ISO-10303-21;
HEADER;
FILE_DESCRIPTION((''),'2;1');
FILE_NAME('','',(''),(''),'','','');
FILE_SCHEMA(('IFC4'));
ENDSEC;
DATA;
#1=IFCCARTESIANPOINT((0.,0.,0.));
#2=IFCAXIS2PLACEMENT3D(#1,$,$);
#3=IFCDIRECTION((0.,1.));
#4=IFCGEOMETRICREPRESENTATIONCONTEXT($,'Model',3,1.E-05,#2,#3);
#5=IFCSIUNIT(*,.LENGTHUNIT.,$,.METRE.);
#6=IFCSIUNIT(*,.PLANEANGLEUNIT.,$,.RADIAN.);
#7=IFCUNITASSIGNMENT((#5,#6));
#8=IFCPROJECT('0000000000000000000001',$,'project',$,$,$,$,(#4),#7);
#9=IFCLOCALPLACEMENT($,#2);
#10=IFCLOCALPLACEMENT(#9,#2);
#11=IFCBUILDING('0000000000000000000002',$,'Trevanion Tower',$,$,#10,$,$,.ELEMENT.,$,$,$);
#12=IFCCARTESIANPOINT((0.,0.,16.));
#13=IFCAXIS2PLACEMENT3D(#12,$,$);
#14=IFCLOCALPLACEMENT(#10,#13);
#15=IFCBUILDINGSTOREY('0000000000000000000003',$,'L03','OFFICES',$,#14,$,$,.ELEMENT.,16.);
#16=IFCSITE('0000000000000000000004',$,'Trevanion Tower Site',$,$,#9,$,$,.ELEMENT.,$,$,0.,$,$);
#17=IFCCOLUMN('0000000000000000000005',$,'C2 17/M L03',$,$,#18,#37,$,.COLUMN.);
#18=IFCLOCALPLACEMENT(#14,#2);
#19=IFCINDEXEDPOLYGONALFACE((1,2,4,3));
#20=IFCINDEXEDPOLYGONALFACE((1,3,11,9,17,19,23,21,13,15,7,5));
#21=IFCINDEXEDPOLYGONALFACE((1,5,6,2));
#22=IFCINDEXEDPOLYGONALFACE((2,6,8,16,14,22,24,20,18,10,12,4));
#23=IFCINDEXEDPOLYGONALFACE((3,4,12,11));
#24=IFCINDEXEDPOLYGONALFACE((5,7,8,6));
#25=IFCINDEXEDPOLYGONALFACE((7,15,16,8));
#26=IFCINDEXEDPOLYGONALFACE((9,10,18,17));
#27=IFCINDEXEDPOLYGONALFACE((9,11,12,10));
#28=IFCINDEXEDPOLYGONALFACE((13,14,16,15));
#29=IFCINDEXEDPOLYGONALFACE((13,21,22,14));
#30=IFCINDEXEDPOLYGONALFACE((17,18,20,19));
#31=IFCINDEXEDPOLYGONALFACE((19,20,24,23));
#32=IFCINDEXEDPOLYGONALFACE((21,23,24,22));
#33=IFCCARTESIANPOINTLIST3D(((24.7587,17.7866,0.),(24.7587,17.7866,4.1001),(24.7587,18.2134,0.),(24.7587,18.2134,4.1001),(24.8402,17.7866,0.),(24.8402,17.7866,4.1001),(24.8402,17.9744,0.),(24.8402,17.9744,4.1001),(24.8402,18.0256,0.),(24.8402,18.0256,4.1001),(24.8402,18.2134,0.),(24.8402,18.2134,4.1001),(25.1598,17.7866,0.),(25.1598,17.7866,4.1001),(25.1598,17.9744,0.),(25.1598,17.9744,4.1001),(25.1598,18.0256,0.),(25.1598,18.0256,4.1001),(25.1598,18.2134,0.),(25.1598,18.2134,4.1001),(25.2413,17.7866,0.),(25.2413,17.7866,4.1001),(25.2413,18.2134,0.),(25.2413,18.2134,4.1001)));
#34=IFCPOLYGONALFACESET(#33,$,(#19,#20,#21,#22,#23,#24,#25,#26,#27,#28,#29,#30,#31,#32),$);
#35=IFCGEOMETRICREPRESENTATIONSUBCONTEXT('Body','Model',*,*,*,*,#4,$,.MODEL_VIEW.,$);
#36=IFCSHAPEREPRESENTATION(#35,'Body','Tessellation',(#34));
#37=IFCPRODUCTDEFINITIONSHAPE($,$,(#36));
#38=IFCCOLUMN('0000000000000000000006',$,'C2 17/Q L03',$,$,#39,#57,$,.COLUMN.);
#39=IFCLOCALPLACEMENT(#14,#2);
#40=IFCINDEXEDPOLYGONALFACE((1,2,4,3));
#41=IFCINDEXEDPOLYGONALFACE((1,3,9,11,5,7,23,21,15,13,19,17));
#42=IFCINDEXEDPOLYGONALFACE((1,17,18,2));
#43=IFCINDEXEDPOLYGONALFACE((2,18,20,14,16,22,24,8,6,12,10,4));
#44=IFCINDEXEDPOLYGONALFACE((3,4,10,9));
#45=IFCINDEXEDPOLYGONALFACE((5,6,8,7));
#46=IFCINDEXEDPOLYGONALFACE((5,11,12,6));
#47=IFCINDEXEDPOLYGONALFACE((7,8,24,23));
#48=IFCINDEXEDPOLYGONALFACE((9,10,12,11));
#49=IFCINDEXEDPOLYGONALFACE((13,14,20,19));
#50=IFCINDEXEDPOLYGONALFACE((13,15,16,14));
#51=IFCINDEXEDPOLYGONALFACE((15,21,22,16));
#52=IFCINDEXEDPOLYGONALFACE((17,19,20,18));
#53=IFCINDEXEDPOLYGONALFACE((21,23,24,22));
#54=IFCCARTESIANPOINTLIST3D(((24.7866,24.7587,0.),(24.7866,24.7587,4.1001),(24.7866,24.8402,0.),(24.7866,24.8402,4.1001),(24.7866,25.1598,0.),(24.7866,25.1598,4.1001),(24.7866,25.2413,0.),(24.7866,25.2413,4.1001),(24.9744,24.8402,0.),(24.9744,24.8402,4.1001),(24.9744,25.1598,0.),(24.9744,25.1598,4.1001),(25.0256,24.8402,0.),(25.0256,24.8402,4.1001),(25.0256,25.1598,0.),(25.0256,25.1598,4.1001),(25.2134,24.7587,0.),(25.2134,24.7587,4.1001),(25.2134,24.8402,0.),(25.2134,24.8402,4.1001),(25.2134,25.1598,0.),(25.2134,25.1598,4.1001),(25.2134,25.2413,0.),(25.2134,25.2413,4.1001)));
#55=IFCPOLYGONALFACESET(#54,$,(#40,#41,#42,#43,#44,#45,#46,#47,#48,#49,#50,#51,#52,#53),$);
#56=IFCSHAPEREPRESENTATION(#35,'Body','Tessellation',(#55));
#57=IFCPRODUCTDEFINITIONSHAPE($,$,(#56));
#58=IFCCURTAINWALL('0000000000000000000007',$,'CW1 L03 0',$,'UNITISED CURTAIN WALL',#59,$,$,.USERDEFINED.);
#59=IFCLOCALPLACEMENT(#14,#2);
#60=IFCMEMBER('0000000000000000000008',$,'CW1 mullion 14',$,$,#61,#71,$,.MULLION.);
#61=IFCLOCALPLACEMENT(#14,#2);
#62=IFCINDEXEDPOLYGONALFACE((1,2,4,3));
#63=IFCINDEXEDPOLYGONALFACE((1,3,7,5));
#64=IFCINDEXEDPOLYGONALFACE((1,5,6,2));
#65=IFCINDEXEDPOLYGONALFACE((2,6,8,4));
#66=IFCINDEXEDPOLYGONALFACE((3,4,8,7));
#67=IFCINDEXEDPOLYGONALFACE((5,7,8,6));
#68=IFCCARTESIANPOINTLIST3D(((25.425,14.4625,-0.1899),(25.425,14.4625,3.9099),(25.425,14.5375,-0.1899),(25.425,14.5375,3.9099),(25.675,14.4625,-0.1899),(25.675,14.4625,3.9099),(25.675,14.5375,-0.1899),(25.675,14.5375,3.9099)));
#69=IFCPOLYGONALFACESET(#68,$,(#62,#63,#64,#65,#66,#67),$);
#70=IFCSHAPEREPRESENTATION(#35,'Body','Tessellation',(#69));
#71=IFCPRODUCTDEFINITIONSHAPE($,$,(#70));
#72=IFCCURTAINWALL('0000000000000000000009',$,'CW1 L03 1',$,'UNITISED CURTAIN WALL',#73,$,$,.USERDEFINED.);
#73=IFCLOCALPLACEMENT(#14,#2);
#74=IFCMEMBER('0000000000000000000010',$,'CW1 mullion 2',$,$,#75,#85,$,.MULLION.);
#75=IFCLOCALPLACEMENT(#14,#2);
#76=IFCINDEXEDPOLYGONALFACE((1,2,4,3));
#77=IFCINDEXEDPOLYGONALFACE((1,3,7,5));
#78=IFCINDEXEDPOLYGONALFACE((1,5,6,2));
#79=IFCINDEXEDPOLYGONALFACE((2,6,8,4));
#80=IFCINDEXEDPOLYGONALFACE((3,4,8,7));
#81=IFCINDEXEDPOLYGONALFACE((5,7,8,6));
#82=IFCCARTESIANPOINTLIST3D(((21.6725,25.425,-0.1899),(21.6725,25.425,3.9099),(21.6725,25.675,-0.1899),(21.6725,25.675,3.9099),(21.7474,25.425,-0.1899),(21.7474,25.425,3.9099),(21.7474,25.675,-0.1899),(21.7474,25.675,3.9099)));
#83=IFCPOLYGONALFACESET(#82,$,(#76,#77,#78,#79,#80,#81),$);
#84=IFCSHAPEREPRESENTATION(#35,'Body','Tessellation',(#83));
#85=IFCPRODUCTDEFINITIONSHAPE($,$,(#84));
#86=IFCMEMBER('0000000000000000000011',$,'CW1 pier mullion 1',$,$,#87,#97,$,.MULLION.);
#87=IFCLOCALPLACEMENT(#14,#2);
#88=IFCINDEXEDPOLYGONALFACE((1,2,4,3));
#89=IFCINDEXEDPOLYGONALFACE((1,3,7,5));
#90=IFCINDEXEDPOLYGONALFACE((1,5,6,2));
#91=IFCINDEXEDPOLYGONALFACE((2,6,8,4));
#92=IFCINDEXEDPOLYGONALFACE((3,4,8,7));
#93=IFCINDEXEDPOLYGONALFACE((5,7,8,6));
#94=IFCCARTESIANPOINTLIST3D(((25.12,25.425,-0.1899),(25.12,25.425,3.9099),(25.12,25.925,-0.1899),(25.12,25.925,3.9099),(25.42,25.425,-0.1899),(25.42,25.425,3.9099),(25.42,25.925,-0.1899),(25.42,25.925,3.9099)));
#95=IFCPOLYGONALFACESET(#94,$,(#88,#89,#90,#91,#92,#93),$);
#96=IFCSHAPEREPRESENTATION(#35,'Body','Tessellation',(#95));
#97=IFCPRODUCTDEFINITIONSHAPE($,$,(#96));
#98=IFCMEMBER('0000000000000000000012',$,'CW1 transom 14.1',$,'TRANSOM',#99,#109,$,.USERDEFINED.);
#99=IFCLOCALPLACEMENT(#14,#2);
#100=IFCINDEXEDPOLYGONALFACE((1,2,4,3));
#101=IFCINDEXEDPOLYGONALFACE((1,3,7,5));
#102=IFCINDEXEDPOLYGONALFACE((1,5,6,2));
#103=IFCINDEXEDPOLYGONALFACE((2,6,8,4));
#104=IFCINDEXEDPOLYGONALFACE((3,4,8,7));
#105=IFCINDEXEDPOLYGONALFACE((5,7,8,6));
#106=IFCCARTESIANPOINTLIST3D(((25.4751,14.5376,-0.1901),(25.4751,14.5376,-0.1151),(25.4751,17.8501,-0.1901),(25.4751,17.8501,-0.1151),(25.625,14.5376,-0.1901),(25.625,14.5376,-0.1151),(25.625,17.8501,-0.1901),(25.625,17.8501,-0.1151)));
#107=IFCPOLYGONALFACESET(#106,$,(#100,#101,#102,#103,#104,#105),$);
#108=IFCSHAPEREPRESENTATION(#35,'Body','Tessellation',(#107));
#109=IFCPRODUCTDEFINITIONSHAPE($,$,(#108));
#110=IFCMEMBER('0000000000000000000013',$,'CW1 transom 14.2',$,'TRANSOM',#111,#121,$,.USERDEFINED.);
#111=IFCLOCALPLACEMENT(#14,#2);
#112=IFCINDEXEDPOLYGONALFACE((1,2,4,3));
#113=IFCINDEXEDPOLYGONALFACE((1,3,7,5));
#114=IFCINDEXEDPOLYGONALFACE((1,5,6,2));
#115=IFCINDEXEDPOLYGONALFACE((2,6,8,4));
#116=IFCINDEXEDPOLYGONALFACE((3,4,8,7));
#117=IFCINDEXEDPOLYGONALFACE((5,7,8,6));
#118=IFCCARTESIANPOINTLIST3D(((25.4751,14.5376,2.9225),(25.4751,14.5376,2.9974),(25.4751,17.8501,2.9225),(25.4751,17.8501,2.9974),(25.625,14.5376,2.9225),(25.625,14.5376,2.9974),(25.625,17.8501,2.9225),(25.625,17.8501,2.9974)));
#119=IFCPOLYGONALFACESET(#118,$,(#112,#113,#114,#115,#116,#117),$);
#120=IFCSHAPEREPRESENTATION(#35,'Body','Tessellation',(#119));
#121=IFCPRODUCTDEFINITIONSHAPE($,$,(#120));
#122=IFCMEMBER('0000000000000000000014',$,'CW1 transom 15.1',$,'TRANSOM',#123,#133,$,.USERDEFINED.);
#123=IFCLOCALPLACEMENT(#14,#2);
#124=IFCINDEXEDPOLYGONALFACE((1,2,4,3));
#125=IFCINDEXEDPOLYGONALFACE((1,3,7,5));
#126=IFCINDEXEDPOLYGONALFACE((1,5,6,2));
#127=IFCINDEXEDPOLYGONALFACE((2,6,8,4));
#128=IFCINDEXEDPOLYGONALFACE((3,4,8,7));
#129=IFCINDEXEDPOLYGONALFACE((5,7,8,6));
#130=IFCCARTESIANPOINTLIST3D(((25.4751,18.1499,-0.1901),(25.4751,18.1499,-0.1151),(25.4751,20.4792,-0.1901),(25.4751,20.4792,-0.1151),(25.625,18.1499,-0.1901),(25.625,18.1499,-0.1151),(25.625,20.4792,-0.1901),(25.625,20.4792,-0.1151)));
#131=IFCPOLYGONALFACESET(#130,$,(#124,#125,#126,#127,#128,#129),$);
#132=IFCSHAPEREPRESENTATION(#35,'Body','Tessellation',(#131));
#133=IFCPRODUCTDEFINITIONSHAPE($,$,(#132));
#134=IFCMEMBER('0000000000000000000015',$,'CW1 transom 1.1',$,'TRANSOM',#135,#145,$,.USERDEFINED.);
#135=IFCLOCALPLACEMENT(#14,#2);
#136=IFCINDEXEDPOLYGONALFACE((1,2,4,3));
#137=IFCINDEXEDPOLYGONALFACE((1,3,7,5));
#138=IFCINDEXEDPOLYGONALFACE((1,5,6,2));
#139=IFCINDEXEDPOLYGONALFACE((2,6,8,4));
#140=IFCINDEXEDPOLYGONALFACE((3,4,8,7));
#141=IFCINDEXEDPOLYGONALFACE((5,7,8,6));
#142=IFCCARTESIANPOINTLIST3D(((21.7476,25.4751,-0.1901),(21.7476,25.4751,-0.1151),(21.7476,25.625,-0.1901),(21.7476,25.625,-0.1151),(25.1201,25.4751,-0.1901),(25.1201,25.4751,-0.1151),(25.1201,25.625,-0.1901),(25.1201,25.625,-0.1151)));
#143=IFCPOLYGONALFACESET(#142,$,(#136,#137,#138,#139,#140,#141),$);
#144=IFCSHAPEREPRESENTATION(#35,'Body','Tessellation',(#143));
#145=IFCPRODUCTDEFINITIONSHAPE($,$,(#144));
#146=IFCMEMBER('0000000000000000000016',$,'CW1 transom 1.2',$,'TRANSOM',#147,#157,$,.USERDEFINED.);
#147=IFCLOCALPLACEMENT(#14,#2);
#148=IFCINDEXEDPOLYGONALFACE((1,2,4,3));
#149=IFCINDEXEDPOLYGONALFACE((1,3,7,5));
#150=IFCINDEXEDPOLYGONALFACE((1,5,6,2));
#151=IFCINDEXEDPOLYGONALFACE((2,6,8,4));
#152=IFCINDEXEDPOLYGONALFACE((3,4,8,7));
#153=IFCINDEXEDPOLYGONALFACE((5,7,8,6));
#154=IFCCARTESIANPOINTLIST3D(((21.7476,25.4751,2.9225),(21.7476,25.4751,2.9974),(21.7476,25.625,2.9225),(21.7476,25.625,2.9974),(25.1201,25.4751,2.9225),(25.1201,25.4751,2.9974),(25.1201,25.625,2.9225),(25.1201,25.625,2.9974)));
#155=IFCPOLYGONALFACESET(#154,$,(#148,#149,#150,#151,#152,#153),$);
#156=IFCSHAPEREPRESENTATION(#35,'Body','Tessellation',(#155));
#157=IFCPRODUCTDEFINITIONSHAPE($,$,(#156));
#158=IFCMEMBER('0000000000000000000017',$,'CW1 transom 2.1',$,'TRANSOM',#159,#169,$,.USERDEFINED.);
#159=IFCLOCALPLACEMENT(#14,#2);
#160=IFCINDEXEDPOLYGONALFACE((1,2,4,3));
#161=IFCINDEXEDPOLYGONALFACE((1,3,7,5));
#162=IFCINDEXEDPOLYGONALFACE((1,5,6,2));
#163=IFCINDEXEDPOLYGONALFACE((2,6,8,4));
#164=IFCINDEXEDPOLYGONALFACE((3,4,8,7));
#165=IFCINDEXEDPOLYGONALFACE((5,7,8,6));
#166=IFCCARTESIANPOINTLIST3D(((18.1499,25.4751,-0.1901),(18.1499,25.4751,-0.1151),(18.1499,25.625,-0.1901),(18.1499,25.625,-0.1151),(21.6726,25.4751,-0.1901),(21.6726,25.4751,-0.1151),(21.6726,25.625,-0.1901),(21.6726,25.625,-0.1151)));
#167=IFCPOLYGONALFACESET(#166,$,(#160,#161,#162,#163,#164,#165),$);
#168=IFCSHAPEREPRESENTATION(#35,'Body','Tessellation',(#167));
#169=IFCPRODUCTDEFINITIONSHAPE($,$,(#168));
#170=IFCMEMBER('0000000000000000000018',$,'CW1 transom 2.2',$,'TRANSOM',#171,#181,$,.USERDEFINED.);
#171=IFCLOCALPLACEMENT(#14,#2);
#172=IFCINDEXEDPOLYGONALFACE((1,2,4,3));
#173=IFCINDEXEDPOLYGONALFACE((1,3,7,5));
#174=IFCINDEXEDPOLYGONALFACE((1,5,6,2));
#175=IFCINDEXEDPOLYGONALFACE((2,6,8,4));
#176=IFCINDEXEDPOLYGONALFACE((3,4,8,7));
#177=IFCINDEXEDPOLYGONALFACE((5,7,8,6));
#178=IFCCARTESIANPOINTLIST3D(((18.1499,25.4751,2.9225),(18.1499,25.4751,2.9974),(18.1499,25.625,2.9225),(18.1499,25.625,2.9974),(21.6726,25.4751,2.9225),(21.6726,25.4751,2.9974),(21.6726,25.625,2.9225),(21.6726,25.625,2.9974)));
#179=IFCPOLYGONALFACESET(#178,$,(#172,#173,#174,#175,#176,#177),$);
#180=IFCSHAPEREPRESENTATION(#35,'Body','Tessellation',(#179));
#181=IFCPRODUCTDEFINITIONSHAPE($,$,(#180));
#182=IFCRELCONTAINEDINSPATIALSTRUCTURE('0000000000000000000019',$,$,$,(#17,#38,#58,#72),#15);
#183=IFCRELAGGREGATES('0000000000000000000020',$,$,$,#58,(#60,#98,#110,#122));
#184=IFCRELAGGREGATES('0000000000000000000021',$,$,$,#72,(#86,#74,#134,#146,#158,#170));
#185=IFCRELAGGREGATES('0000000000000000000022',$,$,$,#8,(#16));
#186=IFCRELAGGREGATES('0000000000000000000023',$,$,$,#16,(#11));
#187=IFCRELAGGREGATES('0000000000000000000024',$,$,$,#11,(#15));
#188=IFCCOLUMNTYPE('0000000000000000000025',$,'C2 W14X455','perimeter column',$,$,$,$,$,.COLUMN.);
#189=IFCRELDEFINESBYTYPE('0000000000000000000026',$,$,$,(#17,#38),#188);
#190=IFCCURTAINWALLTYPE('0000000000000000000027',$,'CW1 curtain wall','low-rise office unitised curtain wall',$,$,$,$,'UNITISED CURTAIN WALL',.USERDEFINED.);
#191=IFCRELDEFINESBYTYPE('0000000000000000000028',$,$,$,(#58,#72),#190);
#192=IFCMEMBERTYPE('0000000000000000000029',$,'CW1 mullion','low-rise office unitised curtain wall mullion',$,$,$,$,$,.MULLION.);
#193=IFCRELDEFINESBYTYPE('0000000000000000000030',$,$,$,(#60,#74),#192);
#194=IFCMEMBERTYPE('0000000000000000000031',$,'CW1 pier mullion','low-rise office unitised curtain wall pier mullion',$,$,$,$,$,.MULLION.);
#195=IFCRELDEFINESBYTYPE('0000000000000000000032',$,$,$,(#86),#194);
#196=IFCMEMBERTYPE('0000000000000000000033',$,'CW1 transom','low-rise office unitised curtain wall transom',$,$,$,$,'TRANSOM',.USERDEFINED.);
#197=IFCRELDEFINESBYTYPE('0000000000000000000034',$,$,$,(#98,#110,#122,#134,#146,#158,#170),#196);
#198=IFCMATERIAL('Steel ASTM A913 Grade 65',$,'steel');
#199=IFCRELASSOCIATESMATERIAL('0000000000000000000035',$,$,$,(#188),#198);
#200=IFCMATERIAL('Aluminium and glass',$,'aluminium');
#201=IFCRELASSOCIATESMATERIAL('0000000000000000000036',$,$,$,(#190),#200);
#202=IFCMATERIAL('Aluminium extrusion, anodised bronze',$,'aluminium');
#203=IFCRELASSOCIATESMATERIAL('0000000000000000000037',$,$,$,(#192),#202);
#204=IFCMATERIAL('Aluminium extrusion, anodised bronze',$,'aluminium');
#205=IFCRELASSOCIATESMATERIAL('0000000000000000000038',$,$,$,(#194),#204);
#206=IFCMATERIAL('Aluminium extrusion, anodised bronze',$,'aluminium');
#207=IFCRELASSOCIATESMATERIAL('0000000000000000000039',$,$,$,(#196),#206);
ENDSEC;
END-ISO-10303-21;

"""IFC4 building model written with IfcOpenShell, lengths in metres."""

from ifc_helpers import new_model, si_unit, direction, frame, origin, origin_2d, place, context, subcontext, project, spatial, rectangle, i_section, extrude, material, material_profile, profile_set, type_object, element, aggregate, save


model = new_model("IFC4")

# Units and contexts
model_context = context("Model", 3, precision=1e-05, world=origin(), true_north=direction((0.0, 1.0)))
body_context = subcontext(model_context, "Body", "Model", "MODEL_VIEW")
ifc_project = project(units=[si_unit("LENGTHUNIT", "METRE"), si_unit("PLANEANGLEUNIT", "RADIAN")], contexts=[model_context])

# Site, building, storey
site_placement = place(None, origin())
site = spatial("IfcSite", under=ifc_project, at=site_placement, Name="Trevanion Tower Site", CompositionType="ELEMENT", RefElevation=0.0)
building_placement = place(site_placement, origin())
building = spatial("IfcBuilding", under=site, at=building_placement, Name="Trevanion Tower", CompositionType="ELEMENT")
storey_placement = place(building_placement, frame((0.0, 0.0, 16.0)))
storey = spatial("IfcBuildingStorey", under=building, at=storey_placement, Name="L03", Description="OFFICES", CompositionType="ELEMENT", Elevation=16.0)

# Columns
ifc_material_1 = material(Name="Steel ASTM A913 Grade 65", Category="steel")
ifc_material_profile_1 = material_profile(ifc_material_1, i_section(OverallWidth=0.4268, OverallDepth=0.4827, WebThickness=0.0513, FlangeThickness=0.0815, at=origin_2d()), Name="W14X455")
ifc_profile_set_1 = profile_set([ifc_material_profile_1], Name="Steel ASTM A913 Grade 65")
column_type = type_object("IfcColumnType", Name="C2 W14X455", Description="perimeter column", PredefinedType="COLUMN", material=ifc_profile_set_1)
for number, where, z_axis, x_axis, name in (
    (1, (25.0, 18.0, 0.0), (0.0, 0.0, 1.0), (0.0, 1.0, 0.0), "C2 17/M L03"),
    (2, (25.0, 25.0, 0.0), (0.0, 0.0, 1.0), (1.0, 0.0, 0.0), "C2 17/Q L03"),
):
    element("IfcColumn", number, at=place(storey_placement, frame(where, z_axis=z_axis, x_axis=x_axis)), inside=storey, type_object=column_type, Name=name, PredefinedType="COLUMN", context=body_context, shape_type="SweptSolid", body=[
        extrude(i_section(OverallWidth=0.4268, OverallDepth=0.4827, WebThickness=0.0513, FlangeThickness=0.0815, at=origin_2d()), origin(), (0.0, 0.0, 1.0), 4.1001),
    ])

# Curtain wall, member
ifc_material_2 = material(Name="Aluminium and glass", Category="aluminium")
curtain_wall_type = type_object("IfcCurtainWallType", Name="CW1 curtain wall", Description="low-rise office unitised curtain wall", ElementType="UNITISED CURTAIN WALL", PredefinedType="USERDEFINED", material=ifc_material_2)
curtain_wall_1_placement = place(storey_placement, origin())
curtain_wall_1 = element("IfcCurtainWall", 3, at=curtain_wall_1_placement, inside=storey, type_object=curtain_wall_type, Name="CW1 L03 0", ObjectType="UNITISED CURTAIN WALL", PredefinedType="USERDEFINED")
ifc_material_3 = material(Name="Aluminium extrusion, anodised bronze", Category="aluminium")
ifc_material_profile_2 = material_profile(ifc_material_3, rectangle(XDim=0.075, YDim=0.25, at=origin_2d()), Name="CW1 mullion")
ifc_profile_set_2 = profile_set([ifc_material_profile_2], Name="Aluminium extrusion, anodised bronze")
member_type_1 = type_object("IfcMemberType", Name="CW1 mullion", Description="low-rise office unitised curtain wall mullion", PredefinedType="MULLION", material=ifc_profile_set_2)
member_1_placement = place(storey_placement, frame((25.55, 14.5, -0.1899), z_axis=(0.0, 0.0, 1.0), x_axis=(0.0, 1.0, 0.0)))
member_1 = element("IfcMember", 4, at=member_1_placement, type_object=member_type_1, Name="CW1 mullion 14", PredefinedType="MULLION", context=body_context, shape_type="SweptSolid", body=[
    extrude(rectangle(XDim=0.075, YDim=0.25, at=origin_2d()), origin(), (0.0, 0.0, 1.0), 4.0999),
])

# Curtain wall, members
curtain_wall_2_placement = place(storey_placement, origin())
curtain_wall_2 = element("IfcCurtainWall", 5, at=curtain_wall_2_placement, inside=storey, type_object=curtain_wall_type, Name="CW1 L03 1", ObjectType="UNITISED CURTAIN WALL", PredefinedType="USERDEFINED")
member_2_placement = place(storey_placement, frame((21.71, 25.55, -0.1899), z_axis=(0.0, 0.0, 1.0), x_axis=(-1.0, 0.0, 0.0)))
member_2 = element("IfcMember", 6, at=member_2_placement, type_object=member_type_1, Name="CW1 mullion 2", PredefinedType="MULLION", context=body_context, shape_type="SweptSolid", body=[
    extrude(rectangle(XDim=0.075, YDim=0.25, at=origin_2d()), origin(), (0.0, 0.0, 1.0), 4.0999),
])
ifc_material_4 = material(Name="Aluminium extrusion, anodised bronze", Category="aluminium")
ifc_material_profile_3 = material_profile(ifc_material_4, rectangle(XDim=0.3, YDim=0.5, at=origin_2d()), Name="CW1 pier mullion")
ifc_profile_set_3 = profile_set([ifc_material_profile_3], Name="Aluminium extrusion, anodised bronze")
member_type_2 = type_object("IfcMemberType", Name="CW1 pier mullion", Description="low-rise office unitised curtain wall pier mullion", PredefinedType="MULLION", material=ifc_profile_set_3)
member_3_placement = place(storey_placement, frame((25.27, 25.675, -0.1899), z_axis=(0.0, 0.0, 1.0), x_axis=(-1.0, 0.0, 0.0)))
member_3 = element("IfcMember", 7, at=member_3_placement, type_object=member_type_2, Name="CW1 pier mullion 1", PredefinedType="MULLION", context=body_context, shape_type="SweptSolid", body=[
    extrude(rectangle(XDim=0.3, YDim=0.5, at=origin_2d()), origin(), (0.0, 0.0, 1.0), 4.0999),
])

# Members
ifc_material_5 = material(Name="Aluminium extrusion, anodised bronze", Category="aluminium")
ifc_material_profile_4 = material_profile(ifc_material_5, rectangle(XDim=0.1499, YDim=0.075, at=origin_2d()), Name="CW1 transom")
ifc_profile_set_4 = profile_set([ifc_material_profile_4], Name="Aluminium extrusion, anodised bronze")
member_type_3 = type_object("IfcMemberType", Name="CW1 transom", Description="low-rise office unitised curtain wall transom", ElementType="TRANSOM", PredefinedType="USERDEFINED", material=ifc_profile_set_4)
member_4_placement = place(storey_placement, frame((25.55, 14.5376, -0.1526), z_axis=(0.0, 1.0, 0.0), x_axis=(-1.0, 0.0, 0.0)))
member_4 = element("IfcMember", 8, at=member_4_placement, type_object=member_type_3, Name="CW1 transom 14.1", ObjectType="TRANSOM", PredefinedType="USERDEFINED", context=body_context, shape_type="SweptSolid", body=[
    extrude(rectangle(XDim=0.1499, YDim=0.075, at=origin_2d()), origin(), (0.0, 0.0, 1.0), 3.3125),
])
member_5_placement = place(storey_placement, frame((25.55, 14.5376, 2.96), z_axis=(0.0, 1.0, 0.0), x_axis=(-1.0, 0.0, 0.0)))
member_5 = element("IfcMember", 9, at=member_5_placement, type_object=member_type_3, Name="CW1 transom 14.2", ObjectType="TRANSOM", PredefinedType="USERDEFINED", context=body_context, shape_type="SweptSolid", body=[
    extrude(rectangle(XDim=0.1499, YDim=0.075, at=origin_2d()), origin(), (0.0, 0.0, 1.0), 3.3125),
])
member_6_placement = place(storey_placement, frame((25.55, 18.1499, -0.1526), z_axis=(0.0, 1.0, 0.0), x_axis=(-1.0, 0.0, 0.0)))
member_6 = element("IfcMember", 10, at=member_6_placement, type_object=member_type_3, Name="CW1 transom 15.1", ObjectType="TRANSOM", PredefinedType="USERDEFINED", context=body_context, shape_type="SweptSolid", body=[
    extrude(rectangle(XDim=0.1499, YDim=0.075, at=origin_2d()), origin(), (0.0, 0.0, 1.0), 2.3293),
])
member_7_placement = place(storey_placement, frame((25.1201, 25.55, -0.1526), z_axis=(-1.0, 0.0, 0.0), x_axis=(0.0, -1.0, 0.0)))
member_7 = element("IfcMember", 11, at=member_7_placement, type_object=member_type_3, Name="CW1 transom 1.1", ObjectType="TRANSOM", PredefinedType="USERDEFINED", context=body_context, shape_type="SweptSolid", body=[
    extrude(rectangle(XDim=0.1499, YDim=0.075, at=origin_2d()), origin(), (0.0, 0.0, 1.0), 3.3726),
])
member_8_placement = place(storey_placement, frame((25.1201, 25.55, 2.96), z_axis=(-1.0, 0.0, 0.0), x_axis=(0.0, -1.0, 0.0)))
member_8 = element("IfcMember", 12, at=member_8_placement, type_object=member_type_3, Name="CW1 transom 1.2", ObjectType="TRANSOM", PredefinedType="USERDEFINED", context=body_context, shape_type="SweptSolid", body=[
    extrude(rectangle(XDim=0.1499, YDim=0.075, at=origin_2d()), origin(), (0.0, 0.0, 1.0), 3.3726),
])
member_9_placement = place(storey_placement, frame((21.6726, 25.55, -0.1526), z_axis=(-1.0, 0.0, 0.0), x_axis=(0.0, -1.0, 0.0)))
member_9 = element("IfcMember", 13, at=member_9_placement, type_object=member_type_3, Name="CW1 transom 2.1", ObjectType="TRANSOM", PredefinedType="USERDEFINED", context=body_context, shape_type="SweptSolid", body=[
    extrude(rectangle(XDim=0.1499, YDim=0.075, at=origin_2d()), origin(), (0.0, 0.0, 1.0), 3.5227),
])
member_10_placement = place(storey_placement, frame((21.6726, 25.55, 2.96), z_axis=(-1.0, 0.0, 0.0), x_axis=(0.0, -1.0, 0.0)))
member_10 = element("IfcMember", 14, at=member_10_placement, type_object=member_type_3, Name="CW1 transom 2.2", ObjectType="TRANSOM", PredefinedType="USERDEFINED", context=body_context, shape_type="SweptSolid", body=[
    extrude(rectangle(XDim=0.1499, YDim=0.075, at=origin_2d()), origin(), (0.0, 0.0, 1.0), 3.5227),
])

aggregate(curtain_wall_1, [member_1, member_4, member_5, member_6])
aggregate(curtain_wall_2, [member_3, member_2, member_7, member_8, member_9, member_10])

save(model, "model.ifc")
